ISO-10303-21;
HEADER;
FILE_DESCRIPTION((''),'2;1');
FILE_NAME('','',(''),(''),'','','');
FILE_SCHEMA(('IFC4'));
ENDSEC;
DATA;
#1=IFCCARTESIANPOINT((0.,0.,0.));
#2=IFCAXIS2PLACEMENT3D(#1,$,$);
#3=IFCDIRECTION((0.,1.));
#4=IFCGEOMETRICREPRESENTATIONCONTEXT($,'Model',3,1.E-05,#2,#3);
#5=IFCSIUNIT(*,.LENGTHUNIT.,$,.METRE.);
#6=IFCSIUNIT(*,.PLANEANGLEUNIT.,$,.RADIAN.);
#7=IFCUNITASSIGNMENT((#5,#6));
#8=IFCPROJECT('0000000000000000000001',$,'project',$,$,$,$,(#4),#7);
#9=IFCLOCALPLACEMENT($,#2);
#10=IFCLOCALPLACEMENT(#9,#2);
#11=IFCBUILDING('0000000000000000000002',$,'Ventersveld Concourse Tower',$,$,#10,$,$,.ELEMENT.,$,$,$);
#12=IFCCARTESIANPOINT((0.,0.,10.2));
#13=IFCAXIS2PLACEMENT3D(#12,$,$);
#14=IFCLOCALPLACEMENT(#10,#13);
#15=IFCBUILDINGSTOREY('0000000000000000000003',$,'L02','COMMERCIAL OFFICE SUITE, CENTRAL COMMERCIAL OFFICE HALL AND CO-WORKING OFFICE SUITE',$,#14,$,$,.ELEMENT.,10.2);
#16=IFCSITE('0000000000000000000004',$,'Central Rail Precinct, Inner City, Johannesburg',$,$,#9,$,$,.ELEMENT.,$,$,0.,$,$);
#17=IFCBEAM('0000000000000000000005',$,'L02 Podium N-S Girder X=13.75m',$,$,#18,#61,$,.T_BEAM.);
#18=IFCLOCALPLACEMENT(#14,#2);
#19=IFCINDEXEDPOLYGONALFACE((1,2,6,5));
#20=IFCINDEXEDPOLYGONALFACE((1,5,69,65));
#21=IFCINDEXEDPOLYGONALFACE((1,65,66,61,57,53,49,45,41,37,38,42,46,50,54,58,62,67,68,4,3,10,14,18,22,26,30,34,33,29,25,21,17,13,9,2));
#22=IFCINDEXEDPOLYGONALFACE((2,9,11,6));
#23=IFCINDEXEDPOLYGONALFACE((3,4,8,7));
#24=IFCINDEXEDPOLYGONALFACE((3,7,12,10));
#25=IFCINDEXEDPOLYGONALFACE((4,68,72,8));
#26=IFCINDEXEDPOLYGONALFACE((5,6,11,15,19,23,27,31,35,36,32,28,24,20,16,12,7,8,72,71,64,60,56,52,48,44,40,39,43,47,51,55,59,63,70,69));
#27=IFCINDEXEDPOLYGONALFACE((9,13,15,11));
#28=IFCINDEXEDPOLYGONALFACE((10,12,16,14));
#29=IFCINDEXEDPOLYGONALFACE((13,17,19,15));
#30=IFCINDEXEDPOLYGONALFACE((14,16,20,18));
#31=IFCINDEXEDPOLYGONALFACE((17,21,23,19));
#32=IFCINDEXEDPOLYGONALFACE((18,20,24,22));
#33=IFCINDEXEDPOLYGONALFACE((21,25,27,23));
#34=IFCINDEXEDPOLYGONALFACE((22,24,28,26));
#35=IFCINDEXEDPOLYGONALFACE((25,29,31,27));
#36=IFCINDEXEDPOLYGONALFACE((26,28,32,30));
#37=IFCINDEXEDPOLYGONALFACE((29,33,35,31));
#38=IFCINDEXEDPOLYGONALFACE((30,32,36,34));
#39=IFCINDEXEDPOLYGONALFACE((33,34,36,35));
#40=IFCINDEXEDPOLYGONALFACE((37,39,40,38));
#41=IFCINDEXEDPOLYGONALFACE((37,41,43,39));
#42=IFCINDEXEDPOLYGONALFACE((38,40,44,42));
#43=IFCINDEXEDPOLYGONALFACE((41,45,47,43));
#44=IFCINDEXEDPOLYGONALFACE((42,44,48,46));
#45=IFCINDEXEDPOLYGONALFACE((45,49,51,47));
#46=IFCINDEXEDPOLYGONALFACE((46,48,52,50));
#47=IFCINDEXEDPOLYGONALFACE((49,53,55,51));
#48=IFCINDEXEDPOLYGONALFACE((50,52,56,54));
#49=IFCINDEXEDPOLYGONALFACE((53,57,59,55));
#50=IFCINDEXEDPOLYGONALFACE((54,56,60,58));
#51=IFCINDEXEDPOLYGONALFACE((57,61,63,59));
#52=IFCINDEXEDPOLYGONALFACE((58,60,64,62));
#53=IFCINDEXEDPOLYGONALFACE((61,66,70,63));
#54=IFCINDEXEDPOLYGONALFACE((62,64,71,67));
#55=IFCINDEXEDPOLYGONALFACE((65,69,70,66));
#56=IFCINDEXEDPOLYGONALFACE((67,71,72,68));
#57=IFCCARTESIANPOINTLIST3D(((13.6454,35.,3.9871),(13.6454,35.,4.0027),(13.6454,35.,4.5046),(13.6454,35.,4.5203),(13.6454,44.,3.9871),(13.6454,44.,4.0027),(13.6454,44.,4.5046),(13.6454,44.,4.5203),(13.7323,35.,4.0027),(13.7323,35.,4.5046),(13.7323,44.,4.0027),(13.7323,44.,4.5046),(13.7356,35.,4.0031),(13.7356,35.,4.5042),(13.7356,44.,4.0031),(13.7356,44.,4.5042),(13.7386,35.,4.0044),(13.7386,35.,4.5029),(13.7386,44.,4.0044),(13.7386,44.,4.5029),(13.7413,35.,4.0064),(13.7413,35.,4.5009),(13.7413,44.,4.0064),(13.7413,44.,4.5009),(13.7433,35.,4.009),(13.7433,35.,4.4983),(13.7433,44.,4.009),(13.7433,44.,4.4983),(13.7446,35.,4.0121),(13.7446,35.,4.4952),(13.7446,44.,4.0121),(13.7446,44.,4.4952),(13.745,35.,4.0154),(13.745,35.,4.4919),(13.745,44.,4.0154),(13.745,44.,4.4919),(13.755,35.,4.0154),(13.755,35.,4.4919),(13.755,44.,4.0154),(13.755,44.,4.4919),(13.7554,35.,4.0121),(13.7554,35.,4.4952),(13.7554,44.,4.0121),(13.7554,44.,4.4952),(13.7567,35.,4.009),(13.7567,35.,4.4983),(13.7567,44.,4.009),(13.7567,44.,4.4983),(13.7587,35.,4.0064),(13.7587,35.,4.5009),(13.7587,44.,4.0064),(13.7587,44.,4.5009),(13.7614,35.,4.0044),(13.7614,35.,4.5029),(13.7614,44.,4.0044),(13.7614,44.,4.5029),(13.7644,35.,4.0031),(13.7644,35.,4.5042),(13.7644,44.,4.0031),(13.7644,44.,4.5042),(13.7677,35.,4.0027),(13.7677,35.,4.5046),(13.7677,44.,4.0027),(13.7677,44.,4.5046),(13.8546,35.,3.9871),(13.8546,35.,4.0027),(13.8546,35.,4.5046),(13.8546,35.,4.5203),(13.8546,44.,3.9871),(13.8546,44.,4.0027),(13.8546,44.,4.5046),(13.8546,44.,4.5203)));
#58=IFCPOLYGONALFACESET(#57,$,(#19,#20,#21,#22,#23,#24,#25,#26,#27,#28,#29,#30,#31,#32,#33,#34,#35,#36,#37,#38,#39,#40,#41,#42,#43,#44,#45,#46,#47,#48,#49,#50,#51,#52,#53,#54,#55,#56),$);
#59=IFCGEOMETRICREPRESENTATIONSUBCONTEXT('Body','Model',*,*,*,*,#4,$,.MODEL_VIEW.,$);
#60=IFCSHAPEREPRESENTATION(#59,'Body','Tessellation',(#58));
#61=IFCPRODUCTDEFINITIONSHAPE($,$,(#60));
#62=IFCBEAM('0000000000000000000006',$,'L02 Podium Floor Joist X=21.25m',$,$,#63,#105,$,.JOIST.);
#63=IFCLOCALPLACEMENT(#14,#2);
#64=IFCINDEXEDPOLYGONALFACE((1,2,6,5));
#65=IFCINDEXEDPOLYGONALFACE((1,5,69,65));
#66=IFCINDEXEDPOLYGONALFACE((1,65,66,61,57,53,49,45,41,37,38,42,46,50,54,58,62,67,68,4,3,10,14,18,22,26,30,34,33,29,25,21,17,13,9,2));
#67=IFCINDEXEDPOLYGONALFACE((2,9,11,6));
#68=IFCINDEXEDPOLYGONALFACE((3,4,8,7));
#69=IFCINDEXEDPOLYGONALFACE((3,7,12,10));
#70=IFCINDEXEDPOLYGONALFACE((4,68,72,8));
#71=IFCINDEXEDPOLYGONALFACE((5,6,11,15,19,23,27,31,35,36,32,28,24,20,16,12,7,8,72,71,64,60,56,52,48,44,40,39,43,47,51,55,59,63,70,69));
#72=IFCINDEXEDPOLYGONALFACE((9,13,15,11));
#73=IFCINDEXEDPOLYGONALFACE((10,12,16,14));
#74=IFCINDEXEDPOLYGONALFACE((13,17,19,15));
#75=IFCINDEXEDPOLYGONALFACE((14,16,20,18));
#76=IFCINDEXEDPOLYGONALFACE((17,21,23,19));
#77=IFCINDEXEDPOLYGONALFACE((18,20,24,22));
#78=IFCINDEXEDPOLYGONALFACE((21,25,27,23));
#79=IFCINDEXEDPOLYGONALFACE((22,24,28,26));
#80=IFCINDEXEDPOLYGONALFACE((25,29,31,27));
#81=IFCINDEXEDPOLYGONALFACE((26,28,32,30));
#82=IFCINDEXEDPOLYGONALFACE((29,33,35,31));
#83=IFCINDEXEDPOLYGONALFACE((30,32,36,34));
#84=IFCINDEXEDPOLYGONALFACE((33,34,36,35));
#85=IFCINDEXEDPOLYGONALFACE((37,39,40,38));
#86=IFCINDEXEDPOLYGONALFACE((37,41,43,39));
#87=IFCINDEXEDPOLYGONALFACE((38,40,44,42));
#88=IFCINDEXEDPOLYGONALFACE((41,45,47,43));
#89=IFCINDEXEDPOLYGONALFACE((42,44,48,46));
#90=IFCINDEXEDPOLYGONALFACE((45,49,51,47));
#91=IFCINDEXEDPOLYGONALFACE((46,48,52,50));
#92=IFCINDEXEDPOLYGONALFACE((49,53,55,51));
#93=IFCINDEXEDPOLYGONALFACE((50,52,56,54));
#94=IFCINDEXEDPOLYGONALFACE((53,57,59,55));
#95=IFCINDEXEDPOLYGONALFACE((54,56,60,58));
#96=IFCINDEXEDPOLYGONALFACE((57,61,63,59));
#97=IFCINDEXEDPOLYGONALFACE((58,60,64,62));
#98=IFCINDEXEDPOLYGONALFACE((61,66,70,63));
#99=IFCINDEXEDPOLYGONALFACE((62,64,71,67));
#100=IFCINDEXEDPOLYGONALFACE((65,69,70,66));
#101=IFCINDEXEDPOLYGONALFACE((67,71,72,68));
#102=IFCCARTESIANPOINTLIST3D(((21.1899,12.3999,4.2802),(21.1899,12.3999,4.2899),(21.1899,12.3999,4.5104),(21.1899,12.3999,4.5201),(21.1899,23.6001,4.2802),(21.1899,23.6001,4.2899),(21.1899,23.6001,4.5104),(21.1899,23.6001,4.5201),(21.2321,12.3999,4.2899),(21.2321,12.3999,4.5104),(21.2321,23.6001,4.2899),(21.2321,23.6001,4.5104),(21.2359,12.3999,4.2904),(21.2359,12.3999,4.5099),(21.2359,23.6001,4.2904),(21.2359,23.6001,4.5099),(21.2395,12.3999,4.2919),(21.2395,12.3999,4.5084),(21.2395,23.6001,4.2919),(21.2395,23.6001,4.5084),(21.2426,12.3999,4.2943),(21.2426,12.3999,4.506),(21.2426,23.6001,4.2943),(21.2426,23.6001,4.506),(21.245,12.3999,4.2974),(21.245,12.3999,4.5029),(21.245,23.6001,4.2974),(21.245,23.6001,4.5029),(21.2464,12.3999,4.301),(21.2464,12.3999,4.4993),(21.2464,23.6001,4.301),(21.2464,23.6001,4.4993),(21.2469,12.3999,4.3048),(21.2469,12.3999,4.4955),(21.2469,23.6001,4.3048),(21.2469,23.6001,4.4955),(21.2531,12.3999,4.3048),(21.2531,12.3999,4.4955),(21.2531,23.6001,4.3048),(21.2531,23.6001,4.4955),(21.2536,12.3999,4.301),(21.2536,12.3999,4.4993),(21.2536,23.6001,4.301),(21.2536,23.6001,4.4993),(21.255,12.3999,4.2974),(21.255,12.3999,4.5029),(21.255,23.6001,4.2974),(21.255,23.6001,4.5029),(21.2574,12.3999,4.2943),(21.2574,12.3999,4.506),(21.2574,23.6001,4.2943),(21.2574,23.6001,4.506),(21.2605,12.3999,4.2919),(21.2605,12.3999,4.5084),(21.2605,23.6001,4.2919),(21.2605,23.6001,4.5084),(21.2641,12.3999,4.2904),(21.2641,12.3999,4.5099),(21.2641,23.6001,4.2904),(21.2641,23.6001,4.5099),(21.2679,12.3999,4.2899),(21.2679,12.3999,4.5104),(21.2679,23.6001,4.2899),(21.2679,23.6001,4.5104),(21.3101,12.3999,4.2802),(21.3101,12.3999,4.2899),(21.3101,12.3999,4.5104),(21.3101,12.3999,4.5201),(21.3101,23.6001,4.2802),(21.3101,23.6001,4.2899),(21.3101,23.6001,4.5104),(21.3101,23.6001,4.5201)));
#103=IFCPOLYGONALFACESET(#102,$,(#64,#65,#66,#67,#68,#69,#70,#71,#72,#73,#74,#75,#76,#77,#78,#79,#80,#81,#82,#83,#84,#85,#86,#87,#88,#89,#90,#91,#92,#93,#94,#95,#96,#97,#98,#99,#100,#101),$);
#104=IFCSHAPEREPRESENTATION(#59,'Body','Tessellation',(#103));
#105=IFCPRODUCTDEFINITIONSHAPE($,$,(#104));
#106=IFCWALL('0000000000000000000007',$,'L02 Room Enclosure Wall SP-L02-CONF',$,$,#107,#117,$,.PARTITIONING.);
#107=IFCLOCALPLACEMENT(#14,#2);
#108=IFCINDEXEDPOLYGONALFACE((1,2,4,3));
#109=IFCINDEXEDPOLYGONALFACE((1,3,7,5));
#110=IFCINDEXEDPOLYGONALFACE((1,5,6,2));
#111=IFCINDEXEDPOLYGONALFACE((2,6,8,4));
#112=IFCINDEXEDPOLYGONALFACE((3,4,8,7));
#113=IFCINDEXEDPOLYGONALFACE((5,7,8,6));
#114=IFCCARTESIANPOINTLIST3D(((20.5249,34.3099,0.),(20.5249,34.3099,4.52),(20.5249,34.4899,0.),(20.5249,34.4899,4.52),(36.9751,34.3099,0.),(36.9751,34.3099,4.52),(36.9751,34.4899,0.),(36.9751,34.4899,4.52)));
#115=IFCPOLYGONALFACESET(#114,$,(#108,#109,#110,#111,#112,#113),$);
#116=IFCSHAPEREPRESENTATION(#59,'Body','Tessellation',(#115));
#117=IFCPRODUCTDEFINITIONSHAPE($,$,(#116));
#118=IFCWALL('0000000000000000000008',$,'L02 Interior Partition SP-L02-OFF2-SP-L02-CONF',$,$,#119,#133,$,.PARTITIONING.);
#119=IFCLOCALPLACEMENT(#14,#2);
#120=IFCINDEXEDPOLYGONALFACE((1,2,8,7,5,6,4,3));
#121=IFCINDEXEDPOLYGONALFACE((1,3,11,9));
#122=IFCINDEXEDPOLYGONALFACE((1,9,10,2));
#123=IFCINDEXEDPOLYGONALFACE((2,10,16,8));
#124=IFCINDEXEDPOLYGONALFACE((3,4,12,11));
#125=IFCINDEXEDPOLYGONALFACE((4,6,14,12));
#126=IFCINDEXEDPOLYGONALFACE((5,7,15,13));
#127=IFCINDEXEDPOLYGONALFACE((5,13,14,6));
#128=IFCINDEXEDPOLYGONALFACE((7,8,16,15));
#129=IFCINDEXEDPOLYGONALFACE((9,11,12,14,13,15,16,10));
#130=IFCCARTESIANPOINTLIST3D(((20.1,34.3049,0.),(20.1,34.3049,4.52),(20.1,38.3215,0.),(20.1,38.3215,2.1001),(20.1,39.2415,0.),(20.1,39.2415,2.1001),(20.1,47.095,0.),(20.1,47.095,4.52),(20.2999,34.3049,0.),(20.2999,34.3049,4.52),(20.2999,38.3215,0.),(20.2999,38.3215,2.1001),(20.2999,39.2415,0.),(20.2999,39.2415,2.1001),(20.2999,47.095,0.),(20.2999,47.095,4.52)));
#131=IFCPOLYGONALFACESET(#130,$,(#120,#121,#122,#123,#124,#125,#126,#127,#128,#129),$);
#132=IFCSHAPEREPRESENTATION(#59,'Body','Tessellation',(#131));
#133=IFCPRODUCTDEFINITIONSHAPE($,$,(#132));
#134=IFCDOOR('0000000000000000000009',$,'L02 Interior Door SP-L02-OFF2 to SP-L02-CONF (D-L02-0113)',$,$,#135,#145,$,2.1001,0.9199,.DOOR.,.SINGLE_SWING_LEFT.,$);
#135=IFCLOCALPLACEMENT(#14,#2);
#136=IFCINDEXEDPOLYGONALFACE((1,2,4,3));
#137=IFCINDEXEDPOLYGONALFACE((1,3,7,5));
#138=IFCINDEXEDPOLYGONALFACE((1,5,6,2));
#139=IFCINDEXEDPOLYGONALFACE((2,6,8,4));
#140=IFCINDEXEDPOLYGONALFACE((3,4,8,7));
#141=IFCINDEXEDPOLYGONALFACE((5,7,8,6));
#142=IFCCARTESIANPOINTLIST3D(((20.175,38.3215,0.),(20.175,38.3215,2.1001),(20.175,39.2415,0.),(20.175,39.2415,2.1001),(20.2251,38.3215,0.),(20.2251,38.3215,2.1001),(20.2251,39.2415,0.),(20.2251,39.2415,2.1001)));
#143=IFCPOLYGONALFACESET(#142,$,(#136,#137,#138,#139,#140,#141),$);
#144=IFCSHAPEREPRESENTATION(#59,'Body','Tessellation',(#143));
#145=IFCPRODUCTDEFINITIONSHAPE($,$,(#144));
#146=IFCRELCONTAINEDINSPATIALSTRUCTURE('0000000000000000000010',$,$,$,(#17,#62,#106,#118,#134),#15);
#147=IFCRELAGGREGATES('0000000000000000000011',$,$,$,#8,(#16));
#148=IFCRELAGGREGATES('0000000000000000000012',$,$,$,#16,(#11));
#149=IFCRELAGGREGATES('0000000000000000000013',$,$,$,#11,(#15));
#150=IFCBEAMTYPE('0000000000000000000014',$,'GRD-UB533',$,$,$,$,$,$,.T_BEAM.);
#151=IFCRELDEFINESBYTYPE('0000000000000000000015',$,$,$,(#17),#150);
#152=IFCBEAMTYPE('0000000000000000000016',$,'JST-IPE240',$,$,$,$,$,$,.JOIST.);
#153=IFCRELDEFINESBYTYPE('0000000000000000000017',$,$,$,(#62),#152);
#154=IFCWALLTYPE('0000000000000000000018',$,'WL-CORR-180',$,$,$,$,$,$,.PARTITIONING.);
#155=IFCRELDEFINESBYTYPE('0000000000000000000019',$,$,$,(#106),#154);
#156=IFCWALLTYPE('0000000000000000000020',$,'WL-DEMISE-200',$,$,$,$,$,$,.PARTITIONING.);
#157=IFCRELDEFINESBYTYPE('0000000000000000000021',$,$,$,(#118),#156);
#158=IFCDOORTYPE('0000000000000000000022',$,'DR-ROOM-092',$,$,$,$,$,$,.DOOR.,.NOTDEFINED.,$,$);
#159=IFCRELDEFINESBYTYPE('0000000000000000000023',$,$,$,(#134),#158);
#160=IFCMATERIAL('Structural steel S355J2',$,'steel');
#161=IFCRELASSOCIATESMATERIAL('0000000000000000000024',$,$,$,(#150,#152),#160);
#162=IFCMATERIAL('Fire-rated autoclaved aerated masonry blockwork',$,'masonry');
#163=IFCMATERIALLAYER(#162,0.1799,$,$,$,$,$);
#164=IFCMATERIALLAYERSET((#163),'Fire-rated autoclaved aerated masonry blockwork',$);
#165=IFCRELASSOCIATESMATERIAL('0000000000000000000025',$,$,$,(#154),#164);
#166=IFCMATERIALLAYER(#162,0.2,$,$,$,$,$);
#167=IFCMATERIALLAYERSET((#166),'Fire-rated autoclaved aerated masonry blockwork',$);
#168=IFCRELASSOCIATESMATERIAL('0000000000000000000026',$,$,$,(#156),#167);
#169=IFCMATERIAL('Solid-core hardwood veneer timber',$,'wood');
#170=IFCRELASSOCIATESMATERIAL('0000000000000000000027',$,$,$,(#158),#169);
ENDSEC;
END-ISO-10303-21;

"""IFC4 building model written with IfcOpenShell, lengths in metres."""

from ifc_helpers import new_model, si_unit, direction, frame, frame_2d, origin, origin_2d, place, context, subcontext, project, spatial, rectangle, i_section, extrude, material, layer, layer_set, material_profile, profile_set, type_object, element, fill, save


model = new_model("IFC4")

# Units and contexts
model_context = context("Model", 3, precision=1e-05, world=origin(), true_north=direction((0.0, 1.0)))
body_context = subcontext(model_context, "Body", "Model", "MODEL_VIEW")
ifc_project = project(units=[si_unit("LENGTHUNIT", "METRE"), si_unit("PLANEANGLEUNIT", "RADIAN")], contexts=[model_context])

# Site, building, storey
site_placement = place(None, origin())
site = spatial("IfcSite", under=ifc_project, at=site_placement, Name="Central Rail Precinct, Inner City, Johannesburg", CompositionType="ELEMENT", RefElevation=0.0)
building_placement = place(site_placement, origin())
building = spatial("IfcBuilding", under=site, at=building_placement, Name="Ventersveld Concourse Tower", CompositionType="ELEMENT")
storey_placement = place(building_placement, frame((0.0, 0.0, 10.2)))
storey = spatial("IfcBuildingStorey", under=building, at=storey_placement, Name="L02", Description="COMMERCIAL OFFICE SUITE, CENTRAL COMMERCIAL OFFICE HALL AND CO-WORKING OFFICE SUITE", CompositionType="ELEMENT", Elevation=10.2)

# Beams
ifc_material_1 = material(Name="Structural steel S355J2", Category="steel")
ifc_material_profile_1 = material_profile(ifc_material_1, i_section(OverallWidth=0.2092, OverallDepth=0.5332, WebThickness=0.01, FlangeThickness=0.0156, FilletRadius=0.0127, at=origin_2d()), Name="UB 533x210x92")
ifc_profile_set_1 = profile_set([ifc_material_profile_1], Name="Structural steel S355J2")
beam_type_1 = type_object("IfcBeamType", Name="GRD-UB533", PredefinedType="T_BEAM", material=ifc_profile_set_1)
beam_1_placement = place(storey_placement, frame((13.75, 35.0, 4.2537), z_axis=(0.0, 1.0, 0.0), x_axis=(-1.0, 0.0, 0.0)))
element("IfcBeam", 1, at=beam_1_placement, inside=storey, type_object=beam_type_1, Name="L02 Podium N-S Girder X=13.75m", PredefinedType="T_BEAM", context=body_context, shape_type="SweptSolid", body=[
    extrude(i_section(OverallWidth=0.2092, OverallDepth=0.5332, WebThickness=0.01, FlangeThickness=0.0156, FilletRadius=0.0127, at=origin_2d()), origin(), (0.0, 0.0, 1.0), 9.0),
])
ifc_material_profile_2 = material_profile(ifc_material_1, i_section(OverallWidth=0.1201, OverallDepth=0.24, WebThickness=0.0061, FlangeThickness=0.0098, FilletRadius=0.0149, at=origin_2d()), Name="IPE 240")
ifc_profile_set_2 = profile_set([ifc_material_profile_2], Name="Structural steel S355J2")
beam_type_2 = type_object("IfcBeamType", Name="JST-IPE240", PredefinedType="JOIST", material=ifc_profile_set_2)
beam_2_placement = place(storey_placement, frame((21.25, 12.3999, 4.4001), z_axis=(0.0, 1.0, 0.0), x_axis=(-1.0, 0.0, 0.0)))
element("IfcBeam", 2, at=beam_2_placement, inside=storey, type_object=beam_type_2, Name="L02 Podium Floor Joist X=21.25m", PredefinedType="JOIST", context=body_context, shape_type="SweptSolid", body=[
    extrude(i_section(OverallWidth=0.1201, OverallDepth=0.24, WebThickness=0.0061, FlangeThickness=0.0098, FilletRadius=0.0149, at=origin_2d()), origin(), (0.0, 0.0, 1.0), 11.2002),
])

# Wall
ifc_material_2 = material(Name="Fire-rated autoclaved aerated masonry blockwork", Category="masonry")
ifc_layer_1 = layer(ifc_material_2, 0.1799)
ifc_layer_set_1 = layer_set([ifc_layer_1], Name="Fire-rated autoclaved aerated masonry blockwork")
wall_type_1 = type_object("IfcWallType", Name="WL-CORR-180", PredefinedType="PARTITIONING", material=ifc_layer_set_1)
wall_1_placement = place(storey_placement, frame((20.5249, 34.3999, 0.0), z_axis=(0.0, 0.0, 1.0), x_axis=(1.0, 0.0, 0.0)))
element("IfcWall", 3, at=wall_1_placement, inside=storey, type_object=wall_type_1, Name="L02 Room Enclosure Wall SP-L02-CONF", PredefinedType="PARTITIONING", context=body_context, shape_type="SweptSolid", body=[
    extrude(rectangle(XDim=16.4502, YDim=0.1799, at=frame_2d((8.2251, 0.0))), origin(), (0.0, 0.0, 1.0), 4.52),
])

# Wall, opening, door
ifc_layer_2 = layer(ifc_material_2, 0.2)
ifc_layer_set_2 = layer_set([ifc_layer_2], Name="Fire-rated autoclaved aerated masonry blockwork")
wall_type_2 = type_object("IfcWallType", Name="WL-DEMISE-200", PredefinedType="PARTITIONING", material=ifc_layer_set_2)
wall_2_placement = place(storey_placement, frame((20.2, 34.3049, 0.0), z_axis=(0.0, 0.0, 1.0), x_axis=(0.0, 1.0, 0.0)))
wall_2 = element("IfcWall", 4, at=wall_2_placement, inside=storey, type_object=wall_type_2, Name="L02 Interior Partition SP-L02-OFF2-SP-L02-CONF", PredefinedType="PARTITIONING", context=body_context, shape_type="SweptSolid", body=[
    extrude(rectangle(XDim=12.79, YDim=0.2, at=frame_2d((6.395, 0.0))), origin(), (0.0, 0.0, 1.0), 4.52),
])
opening_placement = place(wall_2_placement, frame((4.0166, 0.0, 0.0)))
opening = element("IfcOpeningElement", 5, at=opening_placement, cuts=wall_2, PredefinedType="OPENING", context=body_context, shape_type="SweptSolid", body=[
    extrude(rectangle(XDim=0.9199, YDim=2.1001, at=frame_2d((0.46, 1.05))), frame((0.0, 0.1099, 0.0), z_axis=(0.0, -1.0, 0.0), x_axis=(1.0, 0.0, 0.0)), (0.0, 0.0, 1.0), 0.22),
])
ifc_material_3 = material(Name="Solid-core hardwood veneer timber", Category="wood")
door_type = type_object("IfcDoorType", Name="DR-ROOM-092", OperationType="NOTDEFINED", PredefinedType="DOOR", material=ifc_material_3)
door_placement = place(opening_placement, origin())
door = element("IfcDoor", 6, at=door_placement, inside=storey, type_object=door_type, Name="L02 Interior Door SP-L02-OFF2 to SP-L02-CONF (D-L02-0113)", OperationType="SINGLE_SWING_LEFT", OverallHeight=2.1001, OverallWidth=0.9199, PredefinedType="DOOR", context=body_context, shape_type="SweptSolid", body=[
    extrude(rectangle(XDim=0.9199, YDim=2.1001, at=frame_2d((0.46, 1.05))), frame((0.0, 0.0249, 0.0), z_axis=(0.0, -1.0, 0.0), x_axis=(1.0, 0.0, 0.0)), (0.0, 0.0, 1.0), 0.05),
])
fill(opening, door)

save(model, "model.ifc")
